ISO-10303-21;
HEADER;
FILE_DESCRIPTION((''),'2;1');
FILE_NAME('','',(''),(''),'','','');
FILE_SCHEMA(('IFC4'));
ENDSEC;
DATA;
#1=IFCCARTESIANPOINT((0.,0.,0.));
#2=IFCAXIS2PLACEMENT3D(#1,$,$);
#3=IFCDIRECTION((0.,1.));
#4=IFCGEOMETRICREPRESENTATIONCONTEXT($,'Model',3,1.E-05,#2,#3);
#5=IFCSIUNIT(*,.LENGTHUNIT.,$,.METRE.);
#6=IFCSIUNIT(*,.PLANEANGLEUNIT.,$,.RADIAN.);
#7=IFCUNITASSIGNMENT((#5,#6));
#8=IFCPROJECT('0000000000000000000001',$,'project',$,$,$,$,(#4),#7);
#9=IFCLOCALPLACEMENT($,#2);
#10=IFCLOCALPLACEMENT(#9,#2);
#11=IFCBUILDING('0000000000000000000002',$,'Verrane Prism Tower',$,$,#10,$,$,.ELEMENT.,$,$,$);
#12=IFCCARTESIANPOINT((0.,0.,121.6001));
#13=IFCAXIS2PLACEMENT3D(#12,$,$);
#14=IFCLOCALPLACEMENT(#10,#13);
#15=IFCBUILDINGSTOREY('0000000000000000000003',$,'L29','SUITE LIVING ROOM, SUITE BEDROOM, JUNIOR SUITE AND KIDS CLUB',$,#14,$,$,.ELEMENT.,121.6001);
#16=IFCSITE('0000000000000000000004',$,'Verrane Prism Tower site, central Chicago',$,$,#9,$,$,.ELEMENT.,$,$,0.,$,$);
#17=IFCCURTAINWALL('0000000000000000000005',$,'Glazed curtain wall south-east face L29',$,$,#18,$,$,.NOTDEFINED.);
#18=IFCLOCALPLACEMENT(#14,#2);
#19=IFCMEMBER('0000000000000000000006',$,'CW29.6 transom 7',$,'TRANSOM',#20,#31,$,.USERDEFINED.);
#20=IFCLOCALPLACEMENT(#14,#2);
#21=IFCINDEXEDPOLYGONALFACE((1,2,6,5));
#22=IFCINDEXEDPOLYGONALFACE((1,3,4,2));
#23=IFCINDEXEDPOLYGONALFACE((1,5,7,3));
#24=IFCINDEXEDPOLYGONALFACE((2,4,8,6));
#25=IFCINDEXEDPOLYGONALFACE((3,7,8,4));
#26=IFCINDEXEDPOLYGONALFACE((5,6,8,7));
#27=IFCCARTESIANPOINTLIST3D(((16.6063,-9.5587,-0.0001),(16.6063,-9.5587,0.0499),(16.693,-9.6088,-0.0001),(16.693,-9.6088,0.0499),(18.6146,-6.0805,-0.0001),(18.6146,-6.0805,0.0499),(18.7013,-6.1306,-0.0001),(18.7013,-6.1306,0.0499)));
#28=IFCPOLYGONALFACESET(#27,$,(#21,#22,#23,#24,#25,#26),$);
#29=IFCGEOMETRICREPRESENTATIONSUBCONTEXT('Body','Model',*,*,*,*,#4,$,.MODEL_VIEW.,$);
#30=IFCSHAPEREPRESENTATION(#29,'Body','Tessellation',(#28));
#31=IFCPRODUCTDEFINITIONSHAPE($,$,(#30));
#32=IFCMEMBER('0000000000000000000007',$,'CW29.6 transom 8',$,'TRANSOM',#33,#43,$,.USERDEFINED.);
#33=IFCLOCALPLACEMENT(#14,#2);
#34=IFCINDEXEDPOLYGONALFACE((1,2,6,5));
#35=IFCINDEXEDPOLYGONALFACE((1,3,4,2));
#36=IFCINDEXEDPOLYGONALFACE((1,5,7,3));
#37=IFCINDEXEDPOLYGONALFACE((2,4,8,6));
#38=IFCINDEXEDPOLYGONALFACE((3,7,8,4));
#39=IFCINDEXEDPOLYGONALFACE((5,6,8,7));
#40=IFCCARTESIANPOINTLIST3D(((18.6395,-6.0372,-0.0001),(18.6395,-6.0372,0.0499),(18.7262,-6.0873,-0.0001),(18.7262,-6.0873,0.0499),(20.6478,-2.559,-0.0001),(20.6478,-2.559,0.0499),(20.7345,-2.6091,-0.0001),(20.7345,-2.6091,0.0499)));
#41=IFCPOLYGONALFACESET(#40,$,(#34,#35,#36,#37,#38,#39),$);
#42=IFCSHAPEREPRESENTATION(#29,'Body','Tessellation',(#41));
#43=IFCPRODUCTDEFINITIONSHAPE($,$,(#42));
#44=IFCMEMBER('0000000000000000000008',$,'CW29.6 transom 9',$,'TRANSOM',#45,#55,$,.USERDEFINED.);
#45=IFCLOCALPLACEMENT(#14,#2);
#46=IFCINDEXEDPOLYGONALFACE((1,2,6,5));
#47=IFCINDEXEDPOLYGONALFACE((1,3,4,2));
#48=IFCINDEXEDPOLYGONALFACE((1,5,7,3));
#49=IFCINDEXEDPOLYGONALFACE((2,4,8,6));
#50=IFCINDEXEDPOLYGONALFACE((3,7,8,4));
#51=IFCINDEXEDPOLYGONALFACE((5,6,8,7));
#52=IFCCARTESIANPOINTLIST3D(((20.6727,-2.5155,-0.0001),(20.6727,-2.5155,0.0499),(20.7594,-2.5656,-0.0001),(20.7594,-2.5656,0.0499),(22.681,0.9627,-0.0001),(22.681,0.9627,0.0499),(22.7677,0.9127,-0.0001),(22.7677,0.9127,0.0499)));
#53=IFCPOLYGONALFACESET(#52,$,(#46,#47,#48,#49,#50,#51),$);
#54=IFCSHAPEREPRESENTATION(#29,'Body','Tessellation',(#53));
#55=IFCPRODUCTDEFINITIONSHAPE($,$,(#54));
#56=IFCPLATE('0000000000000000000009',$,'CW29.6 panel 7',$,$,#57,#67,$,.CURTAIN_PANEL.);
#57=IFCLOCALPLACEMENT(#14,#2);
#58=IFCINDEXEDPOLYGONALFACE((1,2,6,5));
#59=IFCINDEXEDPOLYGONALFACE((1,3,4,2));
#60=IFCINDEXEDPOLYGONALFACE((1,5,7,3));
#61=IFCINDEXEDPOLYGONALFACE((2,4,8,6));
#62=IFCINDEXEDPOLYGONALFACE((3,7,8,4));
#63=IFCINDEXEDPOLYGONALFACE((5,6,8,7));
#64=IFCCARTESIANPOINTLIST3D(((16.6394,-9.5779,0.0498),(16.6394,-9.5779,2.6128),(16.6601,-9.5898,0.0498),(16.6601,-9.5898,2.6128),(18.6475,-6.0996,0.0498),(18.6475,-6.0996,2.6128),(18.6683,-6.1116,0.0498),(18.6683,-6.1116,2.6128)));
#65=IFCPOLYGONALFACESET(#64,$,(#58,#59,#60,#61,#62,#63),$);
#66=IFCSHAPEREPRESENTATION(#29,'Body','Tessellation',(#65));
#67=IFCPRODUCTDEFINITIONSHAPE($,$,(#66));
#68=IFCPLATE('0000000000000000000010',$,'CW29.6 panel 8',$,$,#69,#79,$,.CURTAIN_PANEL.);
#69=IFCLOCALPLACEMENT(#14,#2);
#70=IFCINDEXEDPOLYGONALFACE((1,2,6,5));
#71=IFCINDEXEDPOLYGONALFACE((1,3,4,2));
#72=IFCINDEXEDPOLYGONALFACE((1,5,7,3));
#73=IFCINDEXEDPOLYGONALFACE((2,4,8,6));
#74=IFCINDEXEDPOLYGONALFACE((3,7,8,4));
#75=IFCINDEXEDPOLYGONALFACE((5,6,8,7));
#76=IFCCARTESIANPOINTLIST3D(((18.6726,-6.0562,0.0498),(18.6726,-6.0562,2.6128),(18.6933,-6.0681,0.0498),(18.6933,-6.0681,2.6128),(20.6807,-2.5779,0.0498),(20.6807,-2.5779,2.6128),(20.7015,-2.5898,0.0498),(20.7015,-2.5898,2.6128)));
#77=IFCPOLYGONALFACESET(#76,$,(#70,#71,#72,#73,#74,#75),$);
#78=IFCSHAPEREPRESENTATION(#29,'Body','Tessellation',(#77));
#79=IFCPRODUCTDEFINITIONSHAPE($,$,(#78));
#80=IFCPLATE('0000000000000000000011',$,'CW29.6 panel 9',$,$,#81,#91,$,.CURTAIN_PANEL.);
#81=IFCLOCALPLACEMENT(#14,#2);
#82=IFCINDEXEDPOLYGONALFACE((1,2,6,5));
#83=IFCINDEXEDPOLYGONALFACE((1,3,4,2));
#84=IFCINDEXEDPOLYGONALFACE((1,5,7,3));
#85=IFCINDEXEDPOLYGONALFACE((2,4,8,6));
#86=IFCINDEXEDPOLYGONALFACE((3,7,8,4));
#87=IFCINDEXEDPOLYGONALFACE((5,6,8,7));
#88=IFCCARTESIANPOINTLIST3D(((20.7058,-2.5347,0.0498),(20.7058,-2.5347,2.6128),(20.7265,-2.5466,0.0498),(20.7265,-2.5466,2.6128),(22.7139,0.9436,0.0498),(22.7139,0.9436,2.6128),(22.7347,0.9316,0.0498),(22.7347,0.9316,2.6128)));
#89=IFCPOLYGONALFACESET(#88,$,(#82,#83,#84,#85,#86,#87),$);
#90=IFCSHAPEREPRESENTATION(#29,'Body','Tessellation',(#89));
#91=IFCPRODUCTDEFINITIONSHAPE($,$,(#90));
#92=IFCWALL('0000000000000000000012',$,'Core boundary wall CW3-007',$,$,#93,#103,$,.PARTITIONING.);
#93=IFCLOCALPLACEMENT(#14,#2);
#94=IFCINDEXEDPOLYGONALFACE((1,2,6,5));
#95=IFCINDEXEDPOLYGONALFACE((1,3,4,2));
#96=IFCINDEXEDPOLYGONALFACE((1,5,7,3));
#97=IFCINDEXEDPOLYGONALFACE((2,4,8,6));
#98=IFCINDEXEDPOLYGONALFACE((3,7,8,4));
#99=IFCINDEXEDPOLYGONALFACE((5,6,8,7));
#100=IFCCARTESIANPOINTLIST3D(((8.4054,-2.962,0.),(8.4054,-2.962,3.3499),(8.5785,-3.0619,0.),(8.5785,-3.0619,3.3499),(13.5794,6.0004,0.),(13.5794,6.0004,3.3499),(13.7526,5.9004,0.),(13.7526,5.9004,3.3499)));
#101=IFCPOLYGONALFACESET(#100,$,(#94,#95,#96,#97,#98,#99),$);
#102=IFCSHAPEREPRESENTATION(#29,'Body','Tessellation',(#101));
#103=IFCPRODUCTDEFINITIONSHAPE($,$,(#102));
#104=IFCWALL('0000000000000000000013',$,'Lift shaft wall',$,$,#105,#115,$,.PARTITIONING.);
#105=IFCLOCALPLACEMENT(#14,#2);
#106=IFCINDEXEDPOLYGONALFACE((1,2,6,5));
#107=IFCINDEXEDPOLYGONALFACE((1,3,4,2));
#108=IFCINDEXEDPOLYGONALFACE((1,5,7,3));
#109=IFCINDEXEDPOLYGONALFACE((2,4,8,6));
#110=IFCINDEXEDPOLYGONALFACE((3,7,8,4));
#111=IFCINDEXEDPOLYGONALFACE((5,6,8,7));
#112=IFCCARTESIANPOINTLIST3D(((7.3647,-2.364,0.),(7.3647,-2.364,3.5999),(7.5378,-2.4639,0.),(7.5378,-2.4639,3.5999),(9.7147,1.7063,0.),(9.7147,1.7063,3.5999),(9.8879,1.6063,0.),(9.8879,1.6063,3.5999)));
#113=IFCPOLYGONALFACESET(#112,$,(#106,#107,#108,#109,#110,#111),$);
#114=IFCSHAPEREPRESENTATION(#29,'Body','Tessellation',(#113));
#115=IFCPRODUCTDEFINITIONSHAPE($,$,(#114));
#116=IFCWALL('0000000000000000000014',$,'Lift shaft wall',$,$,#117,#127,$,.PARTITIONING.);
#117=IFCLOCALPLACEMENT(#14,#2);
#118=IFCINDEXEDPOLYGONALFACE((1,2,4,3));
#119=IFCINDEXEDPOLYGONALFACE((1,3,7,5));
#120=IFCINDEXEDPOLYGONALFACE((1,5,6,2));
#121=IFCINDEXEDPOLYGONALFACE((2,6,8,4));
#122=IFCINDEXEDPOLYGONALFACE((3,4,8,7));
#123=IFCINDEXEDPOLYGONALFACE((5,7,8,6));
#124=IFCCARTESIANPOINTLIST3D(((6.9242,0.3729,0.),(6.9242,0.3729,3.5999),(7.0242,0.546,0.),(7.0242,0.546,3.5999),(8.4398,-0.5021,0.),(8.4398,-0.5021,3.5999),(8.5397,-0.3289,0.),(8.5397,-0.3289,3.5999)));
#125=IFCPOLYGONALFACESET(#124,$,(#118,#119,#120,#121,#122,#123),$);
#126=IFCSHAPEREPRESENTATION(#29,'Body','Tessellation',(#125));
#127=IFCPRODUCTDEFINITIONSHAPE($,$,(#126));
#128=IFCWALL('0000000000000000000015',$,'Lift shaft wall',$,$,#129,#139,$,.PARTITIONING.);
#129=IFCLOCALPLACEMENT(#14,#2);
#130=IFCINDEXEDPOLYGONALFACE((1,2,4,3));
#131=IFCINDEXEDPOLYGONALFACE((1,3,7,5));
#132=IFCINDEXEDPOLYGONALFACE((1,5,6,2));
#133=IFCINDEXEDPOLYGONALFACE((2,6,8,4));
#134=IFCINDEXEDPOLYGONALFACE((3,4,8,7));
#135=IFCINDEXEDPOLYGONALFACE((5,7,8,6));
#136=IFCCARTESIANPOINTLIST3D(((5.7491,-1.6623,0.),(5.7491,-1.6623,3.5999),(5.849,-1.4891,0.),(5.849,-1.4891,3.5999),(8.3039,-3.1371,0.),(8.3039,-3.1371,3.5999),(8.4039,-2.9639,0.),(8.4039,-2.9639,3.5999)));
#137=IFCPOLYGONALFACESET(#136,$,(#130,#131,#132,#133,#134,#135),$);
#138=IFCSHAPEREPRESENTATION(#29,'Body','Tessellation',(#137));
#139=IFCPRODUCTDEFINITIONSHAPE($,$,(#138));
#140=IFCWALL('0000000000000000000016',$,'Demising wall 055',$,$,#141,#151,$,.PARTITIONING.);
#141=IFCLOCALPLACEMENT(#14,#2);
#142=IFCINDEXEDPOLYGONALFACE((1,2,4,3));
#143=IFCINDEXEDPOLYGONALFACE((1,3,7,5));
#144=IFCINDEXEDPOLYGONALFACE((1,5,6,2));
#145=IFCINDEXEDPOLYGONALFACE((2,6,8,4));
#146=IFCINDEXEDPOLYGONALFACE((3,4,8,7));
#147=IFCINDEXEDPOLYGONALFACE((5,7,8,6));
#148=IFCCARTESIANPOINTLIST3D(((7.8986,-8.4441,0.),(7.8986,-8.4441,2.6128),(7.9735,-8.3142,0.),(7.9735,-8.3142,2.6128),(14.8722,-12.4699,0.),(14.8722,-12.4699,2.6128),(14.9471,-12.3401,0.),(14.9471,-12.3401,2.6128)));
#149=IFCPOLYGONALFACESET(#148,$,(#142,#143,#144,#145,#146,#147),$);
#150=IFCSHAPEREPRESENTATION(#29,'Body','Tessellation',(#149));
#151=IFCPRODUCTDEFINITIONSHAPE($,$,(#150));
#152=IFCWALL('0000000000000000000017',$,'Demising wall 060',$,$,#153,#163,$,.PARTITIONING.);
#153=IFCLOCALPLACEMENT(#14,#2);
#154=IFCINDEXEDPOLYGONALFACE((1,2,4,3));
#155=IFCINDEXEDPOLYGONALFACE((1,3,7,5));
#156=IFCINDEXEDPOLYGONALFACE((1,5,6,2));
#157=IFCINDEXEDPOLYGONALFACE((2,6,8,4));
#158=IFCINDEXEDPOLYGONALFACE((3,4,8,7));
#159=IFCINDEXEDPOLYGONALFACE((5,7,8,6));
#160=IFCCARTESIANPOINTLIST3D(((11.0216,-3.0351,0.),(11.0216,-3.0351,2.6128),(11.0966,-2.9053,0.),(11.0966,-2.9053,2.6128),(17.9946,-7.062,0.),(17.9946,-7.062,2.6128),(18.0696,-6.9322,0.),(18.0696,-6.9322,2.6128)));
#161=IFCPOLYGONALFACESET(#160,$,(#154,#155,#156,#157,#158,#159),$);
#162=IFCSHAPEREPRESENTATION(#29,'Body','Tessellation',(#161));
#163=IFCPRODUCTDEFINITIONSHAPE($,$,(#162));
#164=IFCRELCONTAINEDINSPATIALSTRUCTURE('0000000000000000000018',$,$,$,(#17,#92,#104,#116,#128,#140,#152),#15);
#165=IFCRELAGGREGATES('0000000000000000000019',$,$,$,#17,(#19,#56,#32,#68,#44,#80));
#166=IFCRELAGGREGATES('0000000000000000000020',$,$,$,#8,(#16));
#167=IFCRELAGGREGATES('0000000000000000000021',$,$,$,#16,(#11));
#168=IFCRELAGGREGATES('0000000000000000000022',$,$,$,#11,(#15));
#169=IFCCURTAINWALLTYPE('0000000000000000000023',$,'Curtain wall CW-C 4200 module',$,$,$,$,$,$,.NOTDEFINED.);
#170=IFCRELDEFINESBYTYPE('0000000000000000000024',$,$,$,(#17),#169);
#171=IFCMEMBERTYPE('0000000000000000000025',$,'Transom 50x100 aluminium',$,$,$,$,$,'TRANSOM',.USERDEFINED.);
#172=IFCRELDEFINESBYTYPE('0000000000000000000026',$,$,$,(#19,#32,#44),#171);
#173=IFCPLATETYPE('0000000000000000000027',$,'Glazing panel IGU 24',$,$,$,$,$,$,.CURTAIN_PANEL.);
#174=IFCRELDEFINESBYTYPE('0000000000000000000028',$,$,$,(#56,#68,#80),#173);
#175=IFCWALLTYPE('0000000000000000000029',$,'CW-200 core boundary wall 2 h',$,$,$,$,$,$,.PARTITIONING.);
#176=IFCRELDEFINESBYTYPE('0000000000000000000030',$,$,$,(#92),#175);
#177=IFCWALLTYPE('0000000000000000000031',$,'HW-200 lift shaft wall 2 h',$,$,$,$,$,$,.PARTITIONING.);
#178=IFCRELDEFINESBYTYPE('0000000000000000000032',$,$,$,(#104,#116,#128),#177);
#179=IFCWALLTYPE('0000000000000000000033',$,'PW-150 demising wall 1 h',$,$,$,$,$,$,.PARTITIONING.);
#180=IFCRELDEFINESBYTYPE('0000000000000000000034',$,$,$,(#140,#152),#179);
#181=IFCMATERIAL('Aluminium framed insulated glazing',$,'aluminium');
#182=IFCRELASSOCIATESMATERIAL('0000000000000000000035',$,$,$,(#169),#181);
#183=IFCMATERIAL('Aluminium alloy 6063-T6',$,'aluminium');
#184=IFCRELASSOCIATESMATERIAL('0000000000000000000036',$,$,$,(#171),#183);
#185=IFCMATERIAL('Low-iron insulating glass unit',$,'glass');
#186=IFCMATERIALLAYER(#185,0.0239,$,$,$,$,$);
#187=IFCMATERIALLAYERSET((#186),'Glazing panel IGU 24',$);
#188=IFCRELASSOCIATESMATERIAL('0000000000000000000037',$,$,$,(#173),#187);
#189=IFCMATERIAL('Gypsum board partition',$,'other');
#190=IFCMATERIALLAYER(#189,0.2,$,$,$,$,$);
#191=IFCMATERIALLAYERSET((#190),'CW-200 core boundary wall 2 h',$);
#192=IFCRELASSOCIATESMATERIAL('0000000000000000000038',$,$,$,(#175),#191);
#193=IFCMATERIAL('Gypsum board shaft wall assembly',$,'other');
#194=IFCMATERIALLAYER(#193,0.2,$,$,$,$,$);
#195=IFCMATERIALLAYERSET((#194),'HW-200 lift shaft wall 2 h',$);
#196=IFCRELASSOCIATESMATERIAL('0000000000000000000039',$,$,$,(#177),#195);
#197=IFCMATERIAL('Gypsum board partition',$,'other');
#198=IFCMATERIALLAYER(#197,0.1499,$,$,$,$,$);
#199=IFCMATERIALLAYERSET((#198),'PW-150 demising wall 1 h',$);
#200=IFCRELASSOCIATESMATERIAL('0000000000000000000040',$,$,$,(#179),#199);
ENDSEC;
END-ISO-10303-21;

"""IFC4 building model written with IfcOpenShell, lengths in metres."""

from ifc_helpers import new_model, si_unit, direction, frame, frame_2d, origin, origin_2d, place, context, subcontext, project, spatial, rectangle, extrude, material, layer, layer_set, material_profile, profile_set, type_object, element, aggregate, save


model = new_model("IFC4")

# Units and contexts
model_context = context("Model", 3, precision=1e-05, world=origin(), true_north=direction((0.0, 1.0)))
body_context = subcontext(model_context, "Body", "Model", "MODEL_VIEW")
ifc_project = project(units=[si_unit("LENGTHUNIT", "METRE"), si_unit("PLANEANGLEUNIT", "RADIAN")], contexts=[model_context])

# Site, building, storey
site_placement = place(None, origin())
site = spatial("IfcSite", under=ifc_project, at=site_placement, Name="Verrane Prism Tower site, central Chicago", CompositionType="ELEMENT", RefElevation=0.0)
building_placement = place(site_placement, origin())
building = spatial("IfcBuilding", under=site, at=building_placement, Name="Verrane Prism Tower", CompositionType="ELEMENT")
storey_placement = place(building_placement, frame((0.0, 0.0, 121.6001)))
storey = spatial("IfcBuildingStorey", under=building, at=storey_placement, Name="L29", Description="SUITE LIVING ROOM, SUITE BEDROOM, JUNIOR SUITE AND KIDS CLUB", CompositionType="ELEMENT", Elevation=121.6001)

# Curtain wall
ifc_material_1 = material(Name="Aluminium framed insulated glazing", Category="aluminium")
curtain_wall_type = type_object("IfcCurtainWallType", Name="Curtain wall CW-C 4200 module", PredefinedType="NOTDEFINED", material=ifc_material_1)
curtain_wall_placement = place(storey_placement, origin())
curtain_wall = element("IfcCurtainWall", 1, at=curtain_wall_placement, inside=storey, type_object=curtain_wall_type, Name="Glazed curtain wall south-east face L29", PredefinedType="NOTDEFINED")

# Members
ifc_material_2 = material(Name="Aluminium alloy 6063-T6", Category="aluminium")
ifc_material_profile_1 = material_profile(ifc_material_2, rectangle(XDim=0.1001, YDim=0.05, at=origin_2d()), Name="Transom 50x100 aluminium")
ifc_profile_set_1 = profile_set([ifc_material_profile_1], Name="Aluminium alloy 6063-T6")
member_type_1 = type_object("IfcMemberType", Name="Transom 50x100 aluminium", ElementType="TRANSOM", PredefinedType="USERDEFINED", material=ifc_profile_set_1)
member_1_placement = place(storey_placement, frame((16.6497, -9.5837, 0.0249), z_axis=(0.500022, 0.866012, 0.0), x_axis=(-0.866012, 0.500022, 0.0)))
member_1 = element("IfcMember", 2, at=member_1_placement, type_object=member_type_1, Name="CW29.6 transom 7", ObjectType="TRANSOM", PredefinedType="USERDEFINED", context=body_context, shape_type="SweptSolid", body=[
    extrude(rectangle(XDim=0.1001, YDim=0.05, at=origin_2d()), origin(), (0.0, 0.0, 1.0), 4.0164),
])
member_2_placement = place(storey_placement, frame((18.6829, -6.0623, 0.0249), z_axis=(0.500022, 0.866012, 0.0), x_axis=(-0.866012, 0.500022, 0.0)))
member_2 = element("IfcMember", 3, at=member_2_placement, type_object=member_type_1, Name="CW29.6 transom 8", ObjectType="TRANSOM", PredefinedType="USERDEFINED", context=body_context, shape_type="SweptSolid", body=[
    extrude(rectangle(XDim=0.1001, YDim=0.05, at=origin_2d()), origin(), (0.0, 0.0, 1.0), 4.0164),
])
member_3_placement = place(storey_placement, frame((20.7161, -2.5405, 0.0249), z_axis=(0.500022, 0.866012, 0.0), x_axis=(-0.866012, 0.500022, 0.0)))
member_3 = element("IfcMember", 4, at=member_3_placement, type_object=member_type_1, Name="CW29.6 transom 9", ObjectType="TRANSOM", PredefinedType="USERDEFINED", context=body_context, shape_type="SweptSolid", body=[
    extrude(rectangle(XDim=0.1001, YDim=0.05, at=origin_2d()), origin(), (0.0, 0.0, 1.0), 4.0164),
])

# Plates
ifc_material_3 = material(Name="Low-iron insulating glass unit", Category="glass")
ifc_layer_1 = layer(ifc_material_3, 0.0239)
ifc_layer_set_1 = layer_set([ifc_layer_1], Name="Glazing panel IGU 24")
plate_type = type_object("IfcPlateType", Name="Glazing panel IGU 24", PredefinedType="CURTAIN_PANEL", material=ifc_layer_set_1)
plate_1_placement = place(storey_placement, frame((17.6538, -7.8447, 0.0498), z_axis=(0.0, 0.0, 1.0), x_axis=(0.5, 0.866025, 0.0)))
plate_1 = element("IfcPlate", 5, at=plate_1_placement, type_object=plate_type, Name="CW29.6 panel 7", PredefinedType="CURTAIN_PANEL", context=body_context, shape_type="SweptSolid", body=[
    extrude(rectangle(XDim=4.0164, YDim=0.0239, at=origin_2d()), origin(), (0.0, 0.0, 1.0), 2.563),
])
plate_2_placement = place(storey_placement, frame((19.687, -4.323, 0.0498), z_axis=(0.0, 0.0, 1.0), x_axis=(0.5, 0.866025, 0.0)))
plate_2 = element("IfcPlate", 6, at=plate_2_placement, type_object=plate_type, Name="CW29.6 panel 8", PredefinedType="CURTAIN_PANEL", context=body_context, shape_type="SweptSolid", body=[
    extrude(rectangle(XDim=4.0164, YDim=0.0239, at=origin_2d()), origin(), (0.0, 0.0, 1.0), 2.563),
])
plate_3_placement = place(storey_placement, frame((21.7202, -0.8015, 0.0498), z_axis=(0.0, 0.0, 1.0), x_axis=(0.5, 0.866025, 0.0)))
plate_3 = element("IfcPlate", 7, at=plate_3_placement, type_object=plate_type, Name="CW29.6 panel 9", PredefinedType="CURTAIN_PANEL", context=body_context, shape_type="SweptSolid", body=[
    extrude(rectangle(XDim=4.0164, YDim=0.0239, at=origin_2d()), origin(), (0.0, 0.0, 1.0), 2.563),
])
aggregate(curtain_wall, [member_1, plate_1, member_2, plate_2, member_3, plate_3])

# Walls
ifc_material_4 = material(Name="Gypsum board partition", Category="other")
ifc_layer_2 = layer(ifc_material_4, 0.2)
ifc_layer_set_2 = layer_set([ifc_layer_2], Name="CW-200 core boundary wall 2 h")
wall_type_1 = type_object("IfcWallType", Name="CW-200 core boundary wall 2 h", PredefinedType="PARTITIONING", material=ifc_layer_set_2)
wall_1_placement = place(storey_placement, frame((8.4919, -3.012, 0.0), z_axis=(0.0, 0.0, 1.0), x_axis=(0.499973, 0.866041, 0.0)))
element("IfcWall", 8, at=wall_1_placement, inside=storey, type_object=wall_type_1, Name="Core boundary wall CW3-007", PredefinedType="PARTITIONING", context=body_context, shape_type="SweptSolid", body=[
    extrude(rectangle(XDim=10.3486, YDim=0.2, at=frame_2d((5.1743, 0.0))), origin(), (0.0, 0.0, 1.0), 3.3499),
])
ifc_material_5 = material(Name="Gypsum board shaft wall assembly", Category="other")
ifc_layer_3 = layer(ifc_material_5, 0.2)
ifc_layer_set_3 = layer_set([ifc_layer_3], Name="HW-200 lift shaft wall 2 h")
wall_type_2 = type_object("IfcWallType", Name="HW-200 lift shaft wall 2 h", PredefinedType="PARTITIONING", material=ifc_layer_set_3)
wall_2_placement = place(storey_placement, frame((7.4512, -2.4141, 0.0), z_axis=(0.0, 0.0, 1.0), x_axis=(0.500016, 0.866016, 0.0)))
element("IfcWall", 9, at=wall_2_placement, inside=storey, type_object=wall_type_2, Name="Lift shaft wall", PredefinedType="PARTITIONING", context=body_context, shape_type="SweptSolid", body=[
    extrude(rectangle(XDim=4.7, YDim=0.2, at=frame_2d((2.3501, 0.0))), origin(), (0.0, 0.0, 1.0), 3.5999),
])
wall_3_placement = place(storey_placement, frame((8.4897, -0.4155, 0.0), z_axis=(0.0, 0.0, 1.0), x_axis=(-0.866037, 0.49998, 0.0)))
element("IfcWall", 10, at=wall_3_placement, inside=storey, type_object=wall_type_2, Name="Lift shaft wall", PredefinedType="PARTITIONING", context=body_context, shape_type="SweptSolid", body=[
    extrude(rectangle(XDim=1.75, YDim=0.2, at=frame_2d((0.875, 0.0))), origin(), (0.0, 0.0, 1.0), 3.5999),
])
wall_4_placement = place(storey_placement, frame((8.354, -3.0505, 0.0), z_axis=(0.0, 0.0, 1.0), x_axis=(-0.86606, 0.49994, 0.0)))
element("IfcWall", 11, at=wall_4_placement, inside=storey, type_object=wall_type_2, Name="Lift shaft wall", PredefinedType="PARTITIONING", context=body_context, shape_type="SweptSolid", body=[
    extrude(rectangle(XDim=2.95, YDim=0.2, at=frame_2d((1.4751, 0.0))), origin(), (0.0, 0.0, 1.0), 3.5999),
])
ifc_material_6 = material(Name="Gypsum board partition", Category="other")
ifc_layer_4 = layer(ifc_material_6, 0.1499)
ifc_layer_set_4 = layer_set([ifc_layer_4], Name="PW-150 demising wall 1 h")
wall_type_3 = type_object("IfcWallType", Name="PW-150 demising wall 1 h", PredefinedType="PARTITIONING", material=ifc_layer_set_4)
for number, where, z_axis, x_axis, name in (
    (12, (7.936, -8.3792, 0.0), (0.0, 0.0, 1.0), (0.866044, -0.499967, 0.0), "Demising wall 055"),
    (13, (11.0591, -2.9702, 0.0), (0.0, 0.0, 1.0), (0.865969, -0.500098, 0.0), "Demising wall 060"),
):
    element("IfcWall", number, at=place(storey_placement, frame(where, z_axis=z_axis, x_axis=x_axis)), inside=storey, type_object=wall_type_3, Name=name, PredefinedType="PARTITIONING", context=body_context, shape_type="SweptSolid", body=[
        extrude(rectangle(XDim=8.0522, YDim=0.1499, at=frame_2d((4.0261, 0.0))), origin(), (0.0, 0.0, 1.0), 2.6128),
    ])

save(model, "model.ifc")
